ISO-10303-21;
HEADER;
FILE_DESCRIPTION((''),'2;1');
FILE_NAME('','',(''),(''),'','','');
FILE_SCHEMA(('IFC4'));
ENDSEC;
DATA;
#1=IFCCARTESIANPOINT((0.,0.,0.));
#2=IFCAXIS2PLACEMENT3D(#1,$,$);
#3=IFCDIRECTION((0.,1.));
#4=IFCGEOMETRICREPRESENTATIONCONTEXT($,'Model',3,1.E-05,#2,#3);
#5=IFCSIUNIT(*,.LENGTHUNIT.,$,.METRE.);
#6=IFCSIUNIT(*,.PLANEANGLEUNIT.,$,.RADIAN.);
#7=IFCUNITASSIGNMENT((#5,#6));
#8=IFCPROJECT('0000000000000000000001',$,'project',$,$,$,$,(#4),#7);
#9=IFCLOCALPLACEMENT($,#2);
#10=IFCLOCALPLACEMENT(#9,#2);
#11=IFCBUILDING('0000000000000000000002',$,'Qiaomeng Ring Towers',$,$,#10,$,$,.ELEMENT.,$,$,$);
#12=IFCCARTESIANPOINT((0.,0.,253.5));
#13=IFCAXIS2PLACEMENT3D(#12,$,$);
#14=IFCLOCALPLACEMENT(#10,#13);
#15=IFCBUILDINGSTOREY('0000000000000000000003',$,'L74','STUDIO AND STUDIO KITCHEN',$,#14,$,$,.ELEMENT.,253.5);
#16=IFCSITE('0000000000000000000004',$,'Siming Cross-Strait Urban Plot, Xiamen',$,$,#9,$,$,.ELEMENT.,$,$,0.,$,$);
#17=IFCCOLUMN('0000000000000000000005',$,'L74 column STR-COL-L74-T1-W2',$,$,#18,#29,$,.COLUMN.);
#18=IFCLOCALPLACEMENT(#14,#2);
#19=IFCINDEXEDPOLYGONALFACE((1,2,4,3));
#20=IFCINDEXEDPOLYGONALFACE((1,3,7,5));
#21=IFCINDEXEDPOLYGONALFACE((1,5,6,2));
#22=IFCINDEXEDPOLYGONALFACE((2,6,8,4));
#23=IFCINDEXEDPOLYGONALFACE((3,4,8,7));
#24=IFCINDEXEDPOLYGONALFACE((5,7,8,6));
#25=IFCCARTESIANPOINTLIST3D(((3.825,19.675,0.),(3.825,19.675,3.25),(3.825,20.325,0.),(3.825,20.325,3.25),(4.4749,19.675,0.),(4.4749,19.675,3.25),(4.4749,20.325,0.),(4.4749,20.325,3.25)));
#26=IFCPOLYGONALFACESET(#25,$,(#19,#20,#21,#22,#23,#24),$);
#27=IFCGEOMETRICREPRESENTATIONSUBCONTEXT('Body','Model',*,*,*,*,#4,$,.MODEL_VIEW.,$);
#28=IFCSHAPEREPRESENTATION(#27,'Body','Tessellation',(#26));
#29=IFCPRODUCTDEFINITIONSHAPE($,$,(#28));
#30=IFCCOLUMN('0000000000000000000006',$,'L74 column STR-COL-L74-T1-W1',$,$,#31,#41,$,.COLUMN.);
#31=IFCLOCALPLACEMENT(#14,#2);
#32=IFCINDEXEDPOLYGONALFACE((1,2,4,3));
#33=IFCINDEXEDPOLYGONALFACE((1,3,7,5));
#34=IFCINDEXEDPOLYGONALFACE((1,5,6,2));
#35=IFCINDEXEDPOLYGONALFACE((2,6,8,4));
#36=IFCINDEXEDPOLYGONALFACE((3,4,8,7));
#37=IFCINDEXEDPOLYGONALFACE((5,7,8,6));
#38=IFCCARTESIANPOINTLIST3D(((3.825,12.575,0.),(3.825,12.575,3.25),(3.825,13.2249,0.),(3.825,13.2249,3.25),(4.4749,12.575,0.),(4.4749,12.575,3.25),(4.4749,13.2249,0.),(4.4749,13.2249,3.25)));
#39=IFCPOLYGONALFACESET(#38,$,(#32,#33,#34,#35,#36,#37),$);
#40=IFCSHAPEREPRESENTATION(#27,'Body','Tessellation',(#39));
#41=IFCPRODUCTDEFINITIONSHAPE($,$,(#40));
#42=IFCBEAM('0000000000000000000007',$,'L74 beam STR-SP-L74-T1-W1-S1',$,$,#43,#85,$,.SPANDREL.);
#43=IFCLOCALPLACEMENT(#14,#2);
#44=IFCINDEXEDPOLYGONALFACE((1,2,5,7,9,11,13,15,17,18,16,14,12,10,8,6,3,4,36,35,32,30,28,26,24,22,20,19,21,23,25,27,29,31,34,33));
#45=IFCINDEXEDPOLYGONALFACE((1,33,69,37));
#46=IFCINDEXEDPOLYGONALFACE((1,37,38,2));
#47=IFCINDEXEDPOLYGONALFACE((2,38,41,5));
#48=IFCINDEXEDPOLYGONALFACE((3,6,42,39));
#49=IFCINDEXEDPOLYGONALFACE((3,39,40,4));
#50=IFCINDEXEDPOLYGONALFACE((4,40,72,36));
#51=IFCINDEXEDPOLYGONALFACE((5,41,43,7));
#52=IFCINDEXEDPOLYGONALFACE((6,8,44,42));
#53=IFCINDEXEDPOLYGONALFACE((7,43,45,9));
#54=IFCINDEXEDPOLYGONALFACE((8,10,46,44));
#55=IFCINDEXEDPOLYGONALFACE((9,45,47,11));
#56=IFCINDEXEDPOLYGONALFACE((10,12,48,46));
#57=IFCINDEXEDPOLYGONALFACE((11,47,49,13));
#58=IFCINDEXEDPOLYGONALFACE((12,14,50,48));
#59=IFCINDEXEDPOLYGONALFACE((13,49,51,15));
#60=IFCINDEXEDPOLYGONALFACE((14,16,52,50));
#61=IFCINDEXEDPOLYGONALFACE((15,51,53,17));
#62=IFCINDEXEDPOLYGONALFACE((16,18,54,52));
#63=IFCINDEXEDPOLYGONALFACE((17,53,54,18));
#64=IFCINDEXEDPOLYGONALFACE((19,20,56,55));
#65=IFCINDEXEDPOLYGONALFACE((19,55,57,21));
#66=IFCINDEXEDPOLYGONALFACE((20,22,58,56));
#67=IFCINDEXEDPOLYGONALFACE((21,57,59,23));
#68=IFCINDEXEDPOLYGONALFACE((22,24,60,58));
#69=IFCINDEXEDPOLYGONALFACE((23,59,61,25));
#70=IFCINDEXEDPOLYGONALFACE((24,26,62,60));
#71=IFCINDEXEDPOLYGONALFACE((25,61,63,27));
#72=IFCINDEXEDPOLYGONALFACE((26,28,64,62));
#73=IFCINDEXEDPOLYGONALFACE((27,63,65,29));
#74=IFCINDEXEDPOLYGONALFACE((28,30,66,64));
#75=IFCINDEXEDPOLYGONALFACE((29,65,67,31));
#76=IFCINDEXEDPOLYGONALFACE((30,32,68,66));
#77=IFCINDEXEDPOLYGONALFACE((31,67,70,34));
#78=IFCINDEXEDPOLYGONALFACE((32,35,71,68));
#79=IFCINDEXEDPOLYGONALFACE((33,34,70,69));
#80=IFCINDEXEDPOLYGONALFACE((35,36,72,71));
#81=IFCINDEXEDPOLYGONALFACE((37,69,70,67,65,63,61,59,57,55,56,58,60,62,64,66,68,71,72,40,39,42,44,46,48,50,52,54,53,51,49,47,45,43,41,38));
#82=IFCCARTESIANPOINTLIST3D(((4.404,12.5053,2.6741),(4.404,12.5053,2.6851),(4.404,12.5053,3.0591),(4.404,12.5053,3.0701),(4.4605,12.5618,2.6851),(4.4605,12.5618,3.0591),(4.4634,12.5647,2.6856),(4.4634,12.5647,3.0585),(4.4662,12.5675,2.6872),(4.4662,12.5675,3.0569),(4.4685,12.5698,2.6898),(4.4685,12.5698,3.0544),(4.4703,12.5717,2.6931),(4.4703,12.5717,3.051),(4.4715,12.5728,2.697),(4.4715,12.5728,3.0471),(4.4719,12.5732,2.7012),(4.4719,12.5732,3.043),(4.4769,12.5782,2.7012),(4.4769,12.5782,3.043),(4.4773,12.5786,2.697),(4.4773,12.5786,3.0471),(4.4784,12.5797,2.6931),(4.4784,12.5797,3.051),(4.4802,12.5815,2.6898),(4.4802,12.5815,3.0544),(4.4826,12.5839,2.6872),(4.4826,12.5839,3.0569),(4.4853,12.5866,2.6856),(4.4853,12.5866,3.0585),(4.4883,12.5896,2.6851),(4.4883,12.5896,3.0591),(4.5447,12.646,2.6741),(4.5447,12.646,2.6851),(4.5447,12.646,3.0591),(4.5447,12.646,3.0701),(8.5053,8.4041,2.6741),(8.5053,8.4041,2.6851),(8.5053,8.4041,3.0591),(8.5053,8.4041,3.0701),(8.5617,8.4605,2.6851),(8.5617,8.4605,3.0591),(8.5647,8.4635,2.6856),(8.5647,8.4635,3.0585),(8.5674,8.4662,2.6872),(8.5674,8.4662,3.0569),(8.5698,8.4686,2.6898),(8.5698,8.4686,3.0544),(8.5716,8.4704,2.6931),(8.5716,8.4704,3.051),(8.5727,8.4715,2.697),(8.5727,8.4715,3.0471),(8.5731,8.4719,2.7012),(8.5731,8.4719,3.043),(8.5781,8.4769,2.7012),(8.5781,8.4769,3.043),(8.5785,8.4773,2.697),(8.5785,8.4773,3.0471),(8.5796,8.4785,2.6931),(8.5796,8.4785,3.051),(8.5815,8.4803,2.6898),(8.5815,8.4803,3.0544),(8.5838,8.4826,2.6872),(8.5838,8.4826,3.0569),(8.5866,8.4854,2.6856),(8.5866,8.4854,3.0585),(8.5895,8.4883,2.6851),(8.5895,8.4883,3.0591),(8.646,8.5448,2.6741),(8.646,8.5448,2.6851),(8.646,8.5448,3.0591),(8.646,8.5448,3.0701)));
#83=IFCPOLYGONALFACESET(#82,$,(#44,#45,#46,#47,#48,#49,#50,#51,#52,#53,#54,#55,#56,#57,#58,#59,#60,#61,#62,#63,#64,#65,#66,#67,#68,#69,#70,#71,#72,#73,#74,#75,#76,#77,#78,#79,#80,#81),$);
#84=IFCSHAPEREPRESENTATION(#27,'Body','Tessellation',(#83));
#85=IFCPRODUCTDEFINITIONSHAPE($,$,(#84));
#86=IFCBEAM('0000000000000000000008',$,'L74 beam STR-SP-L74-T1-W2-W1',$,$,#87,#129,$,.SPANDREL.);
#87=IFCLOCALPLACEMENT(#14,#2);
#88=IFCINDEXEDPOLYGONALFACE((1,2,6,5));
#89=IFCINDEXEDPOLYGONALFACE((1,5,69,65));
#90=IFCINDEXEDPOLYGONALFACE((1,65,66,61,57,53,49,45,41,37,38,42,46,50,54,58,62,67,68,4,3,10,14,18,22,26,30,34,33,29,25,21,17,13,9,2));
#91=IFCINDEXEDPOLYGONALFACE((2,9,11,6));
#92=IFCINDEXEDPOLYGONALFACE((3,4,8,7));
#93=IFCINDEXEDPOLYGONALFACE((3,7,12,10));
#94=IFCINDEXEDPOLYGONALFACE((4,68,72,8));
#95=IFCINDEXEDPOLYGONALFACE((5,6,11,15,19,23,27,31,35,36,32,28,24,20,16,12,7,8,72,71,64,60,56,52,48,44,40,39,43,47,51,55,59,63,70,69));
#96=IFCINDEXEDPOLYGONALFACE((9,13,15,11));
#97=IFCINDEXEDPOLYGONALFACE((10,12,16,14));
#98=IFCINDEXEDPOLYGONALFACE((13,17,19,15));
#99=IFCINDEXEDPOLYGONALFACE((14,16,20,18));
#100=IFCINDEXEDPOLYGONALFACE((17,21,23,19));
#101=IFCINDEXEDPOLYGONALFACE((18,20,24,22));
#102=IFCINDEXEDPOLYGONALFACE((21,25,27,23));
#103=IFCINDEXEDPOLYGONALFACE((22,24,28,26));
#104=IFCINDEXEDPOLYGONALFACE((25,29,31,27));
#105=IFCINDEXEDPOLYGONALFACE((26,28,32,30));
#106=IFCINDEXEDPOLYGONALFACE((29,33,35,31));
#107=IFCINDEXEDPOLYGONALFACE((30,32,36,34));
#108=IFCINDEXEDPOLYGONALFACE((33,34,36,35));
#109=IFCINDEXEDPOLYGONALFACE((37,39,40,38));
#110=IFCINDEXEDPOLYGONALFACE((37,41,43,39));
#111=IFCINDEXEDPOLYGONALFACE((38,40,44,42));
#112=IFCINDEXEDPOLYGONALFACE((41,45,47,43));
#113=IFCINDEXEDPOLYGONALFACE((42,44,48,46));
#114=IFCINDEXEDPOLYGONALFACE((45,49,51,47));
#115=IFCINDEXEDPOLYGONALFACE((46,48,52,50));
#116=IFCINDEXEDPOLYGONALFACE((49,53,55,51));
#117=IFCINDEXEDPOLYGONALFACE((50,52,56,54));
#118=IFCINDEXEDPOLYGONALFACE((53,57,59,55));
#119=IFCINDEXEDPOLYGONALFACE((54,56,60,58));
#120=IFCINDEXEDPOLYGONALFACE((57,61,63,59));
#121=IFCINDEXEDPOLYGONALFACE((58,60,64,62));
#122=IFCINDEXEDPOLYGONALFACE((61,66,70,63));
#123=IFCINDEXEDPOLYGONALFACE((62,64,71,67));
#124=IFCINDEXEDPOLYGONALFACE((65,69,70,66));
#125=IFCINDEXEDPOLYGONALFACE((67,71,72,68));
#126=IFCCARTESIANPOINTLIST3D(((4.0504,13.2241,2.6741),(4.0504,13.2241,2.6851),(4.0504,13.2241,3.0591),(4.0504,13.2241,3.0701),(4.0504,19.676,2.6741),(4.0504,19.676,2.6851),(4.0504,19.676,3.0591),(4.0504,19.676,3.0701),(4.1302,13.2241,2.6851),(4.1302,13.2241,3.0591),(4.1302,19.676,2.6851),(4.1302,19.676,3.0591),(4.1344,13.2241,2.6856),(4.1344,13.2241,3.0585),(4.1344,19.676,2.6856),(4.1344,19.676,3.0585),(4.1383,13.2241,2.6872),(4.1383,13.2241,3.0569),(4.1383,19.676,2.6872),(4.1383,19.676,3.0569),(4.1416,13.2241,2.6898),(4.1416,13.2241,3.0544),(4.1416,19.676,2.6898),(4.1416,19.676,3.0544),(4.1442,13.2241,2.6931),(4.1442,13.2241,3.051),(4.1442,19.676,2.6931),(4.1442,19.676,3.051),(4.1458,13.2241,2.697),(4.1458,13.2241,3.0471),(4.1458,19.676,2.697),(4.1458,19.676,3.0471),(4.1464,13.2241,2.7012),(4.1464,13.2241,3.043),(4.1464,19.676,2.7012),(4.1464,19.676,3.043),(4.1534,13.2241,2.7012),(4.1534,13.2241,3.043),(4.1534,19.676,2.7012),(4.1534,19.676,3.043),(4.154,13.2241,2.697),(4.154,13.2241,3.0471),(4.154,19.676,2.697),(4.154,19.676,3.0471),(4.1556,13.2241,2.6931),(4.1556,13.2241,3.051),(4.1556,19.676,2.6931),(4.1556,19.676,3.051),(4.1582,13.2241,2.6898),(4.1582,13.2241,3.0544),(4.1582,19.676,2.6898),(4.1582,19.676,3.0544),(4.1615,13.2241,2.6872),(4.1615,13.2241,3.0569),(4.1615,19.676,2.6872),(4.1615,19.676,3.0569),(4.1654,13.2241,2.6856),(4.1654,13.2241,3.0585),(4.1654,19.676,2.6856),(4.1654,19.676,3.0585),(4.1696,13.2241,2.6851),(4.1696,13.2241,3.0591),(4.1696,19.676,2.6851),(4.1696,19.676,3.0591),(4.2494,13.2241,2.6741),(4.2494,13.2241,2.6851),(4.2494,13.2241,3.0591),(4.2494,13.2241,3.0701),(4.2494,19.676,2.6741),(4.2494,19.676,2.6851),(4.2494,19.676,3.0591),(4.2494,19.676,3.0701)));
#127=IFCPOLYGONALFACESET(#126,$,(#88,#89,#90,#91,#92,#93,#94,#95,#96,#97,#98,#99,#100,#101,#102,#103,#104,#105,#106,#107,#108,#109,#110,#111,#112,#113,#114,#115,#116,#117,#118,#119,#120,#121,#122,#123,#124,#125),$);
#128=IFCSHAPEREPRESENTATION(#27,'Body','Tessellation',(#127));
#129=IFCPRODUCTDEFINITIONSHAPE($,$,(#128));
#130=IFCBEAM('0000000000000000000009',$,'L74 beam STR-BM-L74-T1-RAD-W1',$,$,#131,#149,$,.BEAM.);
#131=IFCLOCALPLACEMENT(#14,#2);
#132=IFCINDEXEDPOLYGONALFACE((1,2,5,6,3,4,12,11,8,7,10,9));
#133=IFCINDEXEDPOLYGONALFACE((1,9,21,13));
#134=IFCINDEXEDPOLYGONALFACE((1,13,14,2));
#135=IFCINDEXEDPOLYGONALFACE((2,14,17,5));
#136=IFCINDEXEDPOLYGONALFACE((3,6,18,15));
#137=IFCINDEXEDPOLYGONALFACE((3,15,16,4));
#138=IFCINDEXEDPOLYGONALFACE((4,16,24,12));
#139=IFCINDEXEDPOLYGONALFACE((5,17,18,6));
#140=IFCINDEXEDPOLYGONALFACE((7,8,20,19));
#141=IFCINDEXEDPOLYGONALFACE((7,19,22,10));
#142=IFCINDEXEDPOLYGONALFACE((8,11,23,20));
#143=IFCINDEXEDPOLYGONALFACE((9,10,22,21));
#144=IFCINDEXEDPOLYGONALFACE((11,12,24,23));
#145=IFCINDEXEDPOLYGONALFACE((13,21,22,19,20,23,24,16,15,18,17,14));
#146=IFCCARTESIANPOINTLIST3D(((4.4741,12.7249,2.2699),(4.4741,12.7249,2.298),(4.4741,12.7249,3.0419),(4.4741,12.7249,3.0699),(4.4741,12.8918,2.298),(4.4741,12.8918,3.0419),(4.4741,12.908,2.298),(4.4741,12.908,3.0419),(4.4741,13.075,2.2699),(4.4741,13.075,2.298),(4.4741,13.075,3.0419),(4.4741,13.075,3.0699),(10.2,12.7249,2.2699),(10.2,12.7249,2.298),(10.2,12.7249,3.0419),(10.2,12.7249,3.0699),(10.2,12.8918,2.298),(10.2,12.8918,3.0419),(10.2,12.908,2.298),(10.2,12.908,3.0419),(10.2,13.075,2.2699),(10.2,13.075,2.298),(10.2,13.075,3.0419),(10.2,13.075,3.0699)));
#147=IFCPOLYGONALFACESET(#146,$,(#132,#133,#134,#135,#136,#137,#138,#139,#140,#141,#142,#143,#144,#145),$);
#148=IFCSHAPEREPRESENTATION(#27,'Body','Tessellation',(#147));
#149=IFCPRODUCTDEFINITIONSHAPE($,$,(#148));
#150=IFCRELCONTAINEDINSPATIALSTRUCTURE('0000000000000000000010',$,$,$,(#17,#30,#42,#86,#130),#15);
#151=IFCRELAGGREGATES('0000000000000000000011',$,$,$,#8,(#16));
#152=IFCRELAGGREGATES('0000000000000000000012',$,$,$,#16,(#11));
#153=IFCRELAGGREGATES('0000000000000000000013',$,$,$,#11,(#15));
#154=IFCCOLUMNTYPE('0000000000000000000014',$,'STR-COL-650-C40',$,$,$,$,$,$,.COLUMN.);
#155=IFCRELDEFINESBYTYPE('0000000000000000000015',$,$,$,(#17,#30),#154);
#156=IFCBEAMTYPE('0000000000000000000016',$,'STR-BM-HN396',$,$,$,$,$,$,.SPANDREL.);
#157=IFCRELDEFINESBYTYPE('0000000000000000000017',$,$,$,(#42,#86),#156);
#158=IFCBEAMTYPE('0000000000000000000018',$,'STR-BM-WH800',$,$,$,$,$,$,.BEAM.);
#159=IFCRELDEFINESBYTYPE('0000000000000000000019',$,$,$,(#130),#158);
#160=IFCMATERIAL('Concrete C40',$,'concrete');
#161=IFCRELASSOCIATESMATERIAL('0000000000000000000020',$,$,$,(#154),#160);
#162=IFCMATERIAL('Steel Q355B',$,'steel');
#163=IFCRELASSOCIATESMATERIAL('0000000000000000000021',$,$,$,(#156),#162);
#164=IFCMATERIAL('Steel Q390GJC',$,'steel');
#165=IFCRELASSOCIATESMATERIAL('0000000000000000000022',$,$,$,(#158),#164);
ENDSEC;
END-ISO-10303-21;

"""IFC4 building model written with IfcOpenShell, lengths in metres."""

from ifc_helpers import new_model, si_unit, direction, frame, origin, origin_2d, place, context, subcontext, project, spatial, rectangle, i_section, extrude, source, transform, mapped, material, material_profile, profile_set, type_object, element, save


model = new_model("IFC4")

# Units and contexts
model_context = context("Model", 3, precision=1e-05, world=origin(), true_north=direction((0.0, 1.0)))
body_context = subcontext(model_context, "Body", "Model", "MODEL_VIEW")
ifc_project = project(units=[si_unit("LENGTHUNIT", "METRE"), si_unit("PLANEANGLEUNIT", "RADIAN")], contexts=[model_context])

# Site, building, storey
site_placement = place(None, origin())
site = spatial("IfcSite", under=ifc_project, at=site_placement, Name="Siming Cross-Strait Urban Plot, Xiamen", CompositionType="ELEMENT", RefElevation=0.0)
building_placement = place(site_placement, origin())
building = spatial("IfcBuilding", under=site, at=building_placement, Name="Qiaomeng Ring Towers", CompositionType="ELEMENT")
storey_placement = place(building_placement, frame((0.0, 0.0, 253.5)))
storey = spatial("IfcBuildingStorey", under=building, at=storey_placement, Name="L74", Description="STUDIO AND STUDIO KITCHEN", CompositionType="ELEMENT", Elevation=253.5)

# Columns
ifc_material_1 = material(Name="Concrete C40", Category="concrete")
ifc_material_profile_1 = material_profile(ifc_material_1, rectangle(XDim=0.6499, YDim=0.6499, at=origin_2d()), Name="RC COL 650x650")
ifc_profile_set_1 = profile_set([ifc_material_profile_1], Name="Concrete C40")
column_type = type_object("IfcColumnType", Name="STR-COL-650-C40", PredefinedType="COLUMN", material=ifc_profile_set_1)
shared_shape_1 = source(origin(), body_context, "Body", "SweptSolid", [
    extrude(rectangle(XDim=0.6499, YDim=0.6499, at=origin_2d()), origin(), (0.0, 0.0, 1.0), 3.25),
])
for number, where, z_axis, x_axis, name in (
    (1, (4.1499, 20.0, 0.0), (0.0, 0.0, 1.0), (1.0, 0.0, 0.0), "L74 column STR-COL-L74-T1-W2"),
    (2, (4.1499, 12.8999, 0.0), (0.0, 0.0, 1.0), (1.0, 0.0, 0.0), "L74 column STR-COL-L74-T1-W1"),
):
    element("IfcColumn", number, at=place(storey_placement, frame(where, z_axis=z_axis, x_axis=x_axis)), inside=storey, type_object=column_type, Name=name, PredefinedType="COLUMN", context=body_context, shape_type="MappedRepresentation", body=[
        mapped(shared_shape_1, transform((0.0, 0.0, 0.0), x_axis=(1.0, 0.0, 0.0), y_axis=(0.0, 1.0, 0.0), z_axis=(0.0, 0.0, 1.0), scale=1.0)),
    ])

# Beams
ifc_material_2 = material(Name="Steel Q355B", Category="steel")
ifc_material_profile_2 = material_profile(ifc_material_2, i_section(OverallWidth=0.199, OverallDepth=0.396, WebThickness=0.0071, FlangeThickness=0.011, FilletRadius=0.0161, at=origin_2d()), Name="HN 396x199x7x11")
ifc_profile_set_2 = profile_set([ifc_material_profile_2], Name="Steel Q355B")
beam_type_1 = type_object("IfcBeamType", Name="STR-BM-HN396", PredefinedType="SPANDREL", material=ifc_profile_set_2)
shared_shape_2 = source(origin(), body_context, "Body", "SweptSolid", [
    extrude(i_section(OverallWidth=0.199, OverallDepth=0.396, WebThickness=0.0071, FlangeThickness=0.011, FilletRadius=0.0161, at=origin_2d()), origin(), (0.0, 0.0, 1.0), 5.8),
])
beam_1_placement = place(storey_placement, frame((4.4744, 12.5757, 2.8721), z_axis=(0.707107, -0.707107, 0.0), x_axis=(0.707107, 0.707107, 0.0)))
element("IfcBeam", 3, at=beam_1_placement, inside=storey, type_object=beam_type_1, Name="L74 beam STR-SP-L74-T1-W1-S1", PredefinedType="SPANDREL", context=body_context, shape_type="MappedRepresentation", body=[
    mapped(shared_shape_2, transform((0.0, 0.0, 0.0), x_axis=(1.0, 0.0, 0.0), y_axis=(0.0, 1.0, 0.0), z_axis=(0.0, 0.0, 1.0), scale=1.0)),
])
shared_shape_3 = source(origin(), body_context, "Body", "SweptSolid", [
    extrude(i_section(OverallWidth=0.199, OverallDepth=0.396, WebThickness=0.0071, FlangeThickness=0.011, FilletRadius=0.0161, at=origin_2d()), origin(), (0.0, 0.0, 1.0), 6.4519),
])
beam_2_placement = place(storey_placement, frame((4.1499, 19.676, 2.8721), z_axis=(0.0, -1.0, 0.0), x_axis=(1.0, 0.0, 0.0)))
element("IfcBeam", 4, at=beam_2_placement, inside=storey, type_object=beam_type_1, Name="L74 beam STR-SP-L74-T1-W2-W1", PredefinedType="SPANDREL", context=body_context, shape_type="MappedRepresentation", body=[
    mapped(shared_shape_3, transform((0.0, 0.0, 0.0), x_axis=(1.0, 0.0, 0.0), y_axis=(0.0, 1.0, 0.0), z_axis=(0.0, 0.0, 1.0), scale=1.0)),
])
ifc_material_3 = material(Name="Steel Q390GJC", Category="steel")
ifc_material_profile_3 = material_profile(ifc_material_3, i_section(OverallWidth=0.3501, OverallDepth=0.8, WebThickness=0.0161, FlangeThickness=0.0281, at=origin_2d()), Name="WH 800x350x16x28")
ifc_profile_set_3 = profile_set([ifc_material_profile_3], Name="Steel Q390GJC")
beam_type_2 = type_object("IfcBeamType", Name="STR-BM-WH800", PredefinedType="BEAM", material=ifc_profile_set_3)
shared_shape_4 = source(origin(), body_context, "Body", "SweptSolid", [
    extrude(i_section(OverallWidth=0.3501, OverallDepth=0.8, WebThickness=0.0161, FlangeThickness=0.0281, at=origin_2d()), origin(), (0.0, 0.0, 1.0), 5.7258),
])
beam_3_placement = place(storey_placement, frame((4.4741, 12.8999, 2.6699), z_axis=(1.0, 0.0, 0.0), x_axis=(0.0, 1.0, 0.0)))
element("IfcBeam", 5, at=beam_3_placement, inside=storey, type_object=beam_type_2, Name="L74 beam STR-BM-L74-T1-RAD-W1", PredefinedType="BEAM", context=body_context, shape_type="MappedRepresentation", body=[
    mapped(shared_shape_4, transform((0.0, 0.0, 0.0), x_axis=(1.0, 0.0, 0.0), y_axis=(0.0, 1.0, 0.0), z_axis=(0.0, 0.0, 1.0), scale=1.0)),
])

save(model, "model.ifc")
